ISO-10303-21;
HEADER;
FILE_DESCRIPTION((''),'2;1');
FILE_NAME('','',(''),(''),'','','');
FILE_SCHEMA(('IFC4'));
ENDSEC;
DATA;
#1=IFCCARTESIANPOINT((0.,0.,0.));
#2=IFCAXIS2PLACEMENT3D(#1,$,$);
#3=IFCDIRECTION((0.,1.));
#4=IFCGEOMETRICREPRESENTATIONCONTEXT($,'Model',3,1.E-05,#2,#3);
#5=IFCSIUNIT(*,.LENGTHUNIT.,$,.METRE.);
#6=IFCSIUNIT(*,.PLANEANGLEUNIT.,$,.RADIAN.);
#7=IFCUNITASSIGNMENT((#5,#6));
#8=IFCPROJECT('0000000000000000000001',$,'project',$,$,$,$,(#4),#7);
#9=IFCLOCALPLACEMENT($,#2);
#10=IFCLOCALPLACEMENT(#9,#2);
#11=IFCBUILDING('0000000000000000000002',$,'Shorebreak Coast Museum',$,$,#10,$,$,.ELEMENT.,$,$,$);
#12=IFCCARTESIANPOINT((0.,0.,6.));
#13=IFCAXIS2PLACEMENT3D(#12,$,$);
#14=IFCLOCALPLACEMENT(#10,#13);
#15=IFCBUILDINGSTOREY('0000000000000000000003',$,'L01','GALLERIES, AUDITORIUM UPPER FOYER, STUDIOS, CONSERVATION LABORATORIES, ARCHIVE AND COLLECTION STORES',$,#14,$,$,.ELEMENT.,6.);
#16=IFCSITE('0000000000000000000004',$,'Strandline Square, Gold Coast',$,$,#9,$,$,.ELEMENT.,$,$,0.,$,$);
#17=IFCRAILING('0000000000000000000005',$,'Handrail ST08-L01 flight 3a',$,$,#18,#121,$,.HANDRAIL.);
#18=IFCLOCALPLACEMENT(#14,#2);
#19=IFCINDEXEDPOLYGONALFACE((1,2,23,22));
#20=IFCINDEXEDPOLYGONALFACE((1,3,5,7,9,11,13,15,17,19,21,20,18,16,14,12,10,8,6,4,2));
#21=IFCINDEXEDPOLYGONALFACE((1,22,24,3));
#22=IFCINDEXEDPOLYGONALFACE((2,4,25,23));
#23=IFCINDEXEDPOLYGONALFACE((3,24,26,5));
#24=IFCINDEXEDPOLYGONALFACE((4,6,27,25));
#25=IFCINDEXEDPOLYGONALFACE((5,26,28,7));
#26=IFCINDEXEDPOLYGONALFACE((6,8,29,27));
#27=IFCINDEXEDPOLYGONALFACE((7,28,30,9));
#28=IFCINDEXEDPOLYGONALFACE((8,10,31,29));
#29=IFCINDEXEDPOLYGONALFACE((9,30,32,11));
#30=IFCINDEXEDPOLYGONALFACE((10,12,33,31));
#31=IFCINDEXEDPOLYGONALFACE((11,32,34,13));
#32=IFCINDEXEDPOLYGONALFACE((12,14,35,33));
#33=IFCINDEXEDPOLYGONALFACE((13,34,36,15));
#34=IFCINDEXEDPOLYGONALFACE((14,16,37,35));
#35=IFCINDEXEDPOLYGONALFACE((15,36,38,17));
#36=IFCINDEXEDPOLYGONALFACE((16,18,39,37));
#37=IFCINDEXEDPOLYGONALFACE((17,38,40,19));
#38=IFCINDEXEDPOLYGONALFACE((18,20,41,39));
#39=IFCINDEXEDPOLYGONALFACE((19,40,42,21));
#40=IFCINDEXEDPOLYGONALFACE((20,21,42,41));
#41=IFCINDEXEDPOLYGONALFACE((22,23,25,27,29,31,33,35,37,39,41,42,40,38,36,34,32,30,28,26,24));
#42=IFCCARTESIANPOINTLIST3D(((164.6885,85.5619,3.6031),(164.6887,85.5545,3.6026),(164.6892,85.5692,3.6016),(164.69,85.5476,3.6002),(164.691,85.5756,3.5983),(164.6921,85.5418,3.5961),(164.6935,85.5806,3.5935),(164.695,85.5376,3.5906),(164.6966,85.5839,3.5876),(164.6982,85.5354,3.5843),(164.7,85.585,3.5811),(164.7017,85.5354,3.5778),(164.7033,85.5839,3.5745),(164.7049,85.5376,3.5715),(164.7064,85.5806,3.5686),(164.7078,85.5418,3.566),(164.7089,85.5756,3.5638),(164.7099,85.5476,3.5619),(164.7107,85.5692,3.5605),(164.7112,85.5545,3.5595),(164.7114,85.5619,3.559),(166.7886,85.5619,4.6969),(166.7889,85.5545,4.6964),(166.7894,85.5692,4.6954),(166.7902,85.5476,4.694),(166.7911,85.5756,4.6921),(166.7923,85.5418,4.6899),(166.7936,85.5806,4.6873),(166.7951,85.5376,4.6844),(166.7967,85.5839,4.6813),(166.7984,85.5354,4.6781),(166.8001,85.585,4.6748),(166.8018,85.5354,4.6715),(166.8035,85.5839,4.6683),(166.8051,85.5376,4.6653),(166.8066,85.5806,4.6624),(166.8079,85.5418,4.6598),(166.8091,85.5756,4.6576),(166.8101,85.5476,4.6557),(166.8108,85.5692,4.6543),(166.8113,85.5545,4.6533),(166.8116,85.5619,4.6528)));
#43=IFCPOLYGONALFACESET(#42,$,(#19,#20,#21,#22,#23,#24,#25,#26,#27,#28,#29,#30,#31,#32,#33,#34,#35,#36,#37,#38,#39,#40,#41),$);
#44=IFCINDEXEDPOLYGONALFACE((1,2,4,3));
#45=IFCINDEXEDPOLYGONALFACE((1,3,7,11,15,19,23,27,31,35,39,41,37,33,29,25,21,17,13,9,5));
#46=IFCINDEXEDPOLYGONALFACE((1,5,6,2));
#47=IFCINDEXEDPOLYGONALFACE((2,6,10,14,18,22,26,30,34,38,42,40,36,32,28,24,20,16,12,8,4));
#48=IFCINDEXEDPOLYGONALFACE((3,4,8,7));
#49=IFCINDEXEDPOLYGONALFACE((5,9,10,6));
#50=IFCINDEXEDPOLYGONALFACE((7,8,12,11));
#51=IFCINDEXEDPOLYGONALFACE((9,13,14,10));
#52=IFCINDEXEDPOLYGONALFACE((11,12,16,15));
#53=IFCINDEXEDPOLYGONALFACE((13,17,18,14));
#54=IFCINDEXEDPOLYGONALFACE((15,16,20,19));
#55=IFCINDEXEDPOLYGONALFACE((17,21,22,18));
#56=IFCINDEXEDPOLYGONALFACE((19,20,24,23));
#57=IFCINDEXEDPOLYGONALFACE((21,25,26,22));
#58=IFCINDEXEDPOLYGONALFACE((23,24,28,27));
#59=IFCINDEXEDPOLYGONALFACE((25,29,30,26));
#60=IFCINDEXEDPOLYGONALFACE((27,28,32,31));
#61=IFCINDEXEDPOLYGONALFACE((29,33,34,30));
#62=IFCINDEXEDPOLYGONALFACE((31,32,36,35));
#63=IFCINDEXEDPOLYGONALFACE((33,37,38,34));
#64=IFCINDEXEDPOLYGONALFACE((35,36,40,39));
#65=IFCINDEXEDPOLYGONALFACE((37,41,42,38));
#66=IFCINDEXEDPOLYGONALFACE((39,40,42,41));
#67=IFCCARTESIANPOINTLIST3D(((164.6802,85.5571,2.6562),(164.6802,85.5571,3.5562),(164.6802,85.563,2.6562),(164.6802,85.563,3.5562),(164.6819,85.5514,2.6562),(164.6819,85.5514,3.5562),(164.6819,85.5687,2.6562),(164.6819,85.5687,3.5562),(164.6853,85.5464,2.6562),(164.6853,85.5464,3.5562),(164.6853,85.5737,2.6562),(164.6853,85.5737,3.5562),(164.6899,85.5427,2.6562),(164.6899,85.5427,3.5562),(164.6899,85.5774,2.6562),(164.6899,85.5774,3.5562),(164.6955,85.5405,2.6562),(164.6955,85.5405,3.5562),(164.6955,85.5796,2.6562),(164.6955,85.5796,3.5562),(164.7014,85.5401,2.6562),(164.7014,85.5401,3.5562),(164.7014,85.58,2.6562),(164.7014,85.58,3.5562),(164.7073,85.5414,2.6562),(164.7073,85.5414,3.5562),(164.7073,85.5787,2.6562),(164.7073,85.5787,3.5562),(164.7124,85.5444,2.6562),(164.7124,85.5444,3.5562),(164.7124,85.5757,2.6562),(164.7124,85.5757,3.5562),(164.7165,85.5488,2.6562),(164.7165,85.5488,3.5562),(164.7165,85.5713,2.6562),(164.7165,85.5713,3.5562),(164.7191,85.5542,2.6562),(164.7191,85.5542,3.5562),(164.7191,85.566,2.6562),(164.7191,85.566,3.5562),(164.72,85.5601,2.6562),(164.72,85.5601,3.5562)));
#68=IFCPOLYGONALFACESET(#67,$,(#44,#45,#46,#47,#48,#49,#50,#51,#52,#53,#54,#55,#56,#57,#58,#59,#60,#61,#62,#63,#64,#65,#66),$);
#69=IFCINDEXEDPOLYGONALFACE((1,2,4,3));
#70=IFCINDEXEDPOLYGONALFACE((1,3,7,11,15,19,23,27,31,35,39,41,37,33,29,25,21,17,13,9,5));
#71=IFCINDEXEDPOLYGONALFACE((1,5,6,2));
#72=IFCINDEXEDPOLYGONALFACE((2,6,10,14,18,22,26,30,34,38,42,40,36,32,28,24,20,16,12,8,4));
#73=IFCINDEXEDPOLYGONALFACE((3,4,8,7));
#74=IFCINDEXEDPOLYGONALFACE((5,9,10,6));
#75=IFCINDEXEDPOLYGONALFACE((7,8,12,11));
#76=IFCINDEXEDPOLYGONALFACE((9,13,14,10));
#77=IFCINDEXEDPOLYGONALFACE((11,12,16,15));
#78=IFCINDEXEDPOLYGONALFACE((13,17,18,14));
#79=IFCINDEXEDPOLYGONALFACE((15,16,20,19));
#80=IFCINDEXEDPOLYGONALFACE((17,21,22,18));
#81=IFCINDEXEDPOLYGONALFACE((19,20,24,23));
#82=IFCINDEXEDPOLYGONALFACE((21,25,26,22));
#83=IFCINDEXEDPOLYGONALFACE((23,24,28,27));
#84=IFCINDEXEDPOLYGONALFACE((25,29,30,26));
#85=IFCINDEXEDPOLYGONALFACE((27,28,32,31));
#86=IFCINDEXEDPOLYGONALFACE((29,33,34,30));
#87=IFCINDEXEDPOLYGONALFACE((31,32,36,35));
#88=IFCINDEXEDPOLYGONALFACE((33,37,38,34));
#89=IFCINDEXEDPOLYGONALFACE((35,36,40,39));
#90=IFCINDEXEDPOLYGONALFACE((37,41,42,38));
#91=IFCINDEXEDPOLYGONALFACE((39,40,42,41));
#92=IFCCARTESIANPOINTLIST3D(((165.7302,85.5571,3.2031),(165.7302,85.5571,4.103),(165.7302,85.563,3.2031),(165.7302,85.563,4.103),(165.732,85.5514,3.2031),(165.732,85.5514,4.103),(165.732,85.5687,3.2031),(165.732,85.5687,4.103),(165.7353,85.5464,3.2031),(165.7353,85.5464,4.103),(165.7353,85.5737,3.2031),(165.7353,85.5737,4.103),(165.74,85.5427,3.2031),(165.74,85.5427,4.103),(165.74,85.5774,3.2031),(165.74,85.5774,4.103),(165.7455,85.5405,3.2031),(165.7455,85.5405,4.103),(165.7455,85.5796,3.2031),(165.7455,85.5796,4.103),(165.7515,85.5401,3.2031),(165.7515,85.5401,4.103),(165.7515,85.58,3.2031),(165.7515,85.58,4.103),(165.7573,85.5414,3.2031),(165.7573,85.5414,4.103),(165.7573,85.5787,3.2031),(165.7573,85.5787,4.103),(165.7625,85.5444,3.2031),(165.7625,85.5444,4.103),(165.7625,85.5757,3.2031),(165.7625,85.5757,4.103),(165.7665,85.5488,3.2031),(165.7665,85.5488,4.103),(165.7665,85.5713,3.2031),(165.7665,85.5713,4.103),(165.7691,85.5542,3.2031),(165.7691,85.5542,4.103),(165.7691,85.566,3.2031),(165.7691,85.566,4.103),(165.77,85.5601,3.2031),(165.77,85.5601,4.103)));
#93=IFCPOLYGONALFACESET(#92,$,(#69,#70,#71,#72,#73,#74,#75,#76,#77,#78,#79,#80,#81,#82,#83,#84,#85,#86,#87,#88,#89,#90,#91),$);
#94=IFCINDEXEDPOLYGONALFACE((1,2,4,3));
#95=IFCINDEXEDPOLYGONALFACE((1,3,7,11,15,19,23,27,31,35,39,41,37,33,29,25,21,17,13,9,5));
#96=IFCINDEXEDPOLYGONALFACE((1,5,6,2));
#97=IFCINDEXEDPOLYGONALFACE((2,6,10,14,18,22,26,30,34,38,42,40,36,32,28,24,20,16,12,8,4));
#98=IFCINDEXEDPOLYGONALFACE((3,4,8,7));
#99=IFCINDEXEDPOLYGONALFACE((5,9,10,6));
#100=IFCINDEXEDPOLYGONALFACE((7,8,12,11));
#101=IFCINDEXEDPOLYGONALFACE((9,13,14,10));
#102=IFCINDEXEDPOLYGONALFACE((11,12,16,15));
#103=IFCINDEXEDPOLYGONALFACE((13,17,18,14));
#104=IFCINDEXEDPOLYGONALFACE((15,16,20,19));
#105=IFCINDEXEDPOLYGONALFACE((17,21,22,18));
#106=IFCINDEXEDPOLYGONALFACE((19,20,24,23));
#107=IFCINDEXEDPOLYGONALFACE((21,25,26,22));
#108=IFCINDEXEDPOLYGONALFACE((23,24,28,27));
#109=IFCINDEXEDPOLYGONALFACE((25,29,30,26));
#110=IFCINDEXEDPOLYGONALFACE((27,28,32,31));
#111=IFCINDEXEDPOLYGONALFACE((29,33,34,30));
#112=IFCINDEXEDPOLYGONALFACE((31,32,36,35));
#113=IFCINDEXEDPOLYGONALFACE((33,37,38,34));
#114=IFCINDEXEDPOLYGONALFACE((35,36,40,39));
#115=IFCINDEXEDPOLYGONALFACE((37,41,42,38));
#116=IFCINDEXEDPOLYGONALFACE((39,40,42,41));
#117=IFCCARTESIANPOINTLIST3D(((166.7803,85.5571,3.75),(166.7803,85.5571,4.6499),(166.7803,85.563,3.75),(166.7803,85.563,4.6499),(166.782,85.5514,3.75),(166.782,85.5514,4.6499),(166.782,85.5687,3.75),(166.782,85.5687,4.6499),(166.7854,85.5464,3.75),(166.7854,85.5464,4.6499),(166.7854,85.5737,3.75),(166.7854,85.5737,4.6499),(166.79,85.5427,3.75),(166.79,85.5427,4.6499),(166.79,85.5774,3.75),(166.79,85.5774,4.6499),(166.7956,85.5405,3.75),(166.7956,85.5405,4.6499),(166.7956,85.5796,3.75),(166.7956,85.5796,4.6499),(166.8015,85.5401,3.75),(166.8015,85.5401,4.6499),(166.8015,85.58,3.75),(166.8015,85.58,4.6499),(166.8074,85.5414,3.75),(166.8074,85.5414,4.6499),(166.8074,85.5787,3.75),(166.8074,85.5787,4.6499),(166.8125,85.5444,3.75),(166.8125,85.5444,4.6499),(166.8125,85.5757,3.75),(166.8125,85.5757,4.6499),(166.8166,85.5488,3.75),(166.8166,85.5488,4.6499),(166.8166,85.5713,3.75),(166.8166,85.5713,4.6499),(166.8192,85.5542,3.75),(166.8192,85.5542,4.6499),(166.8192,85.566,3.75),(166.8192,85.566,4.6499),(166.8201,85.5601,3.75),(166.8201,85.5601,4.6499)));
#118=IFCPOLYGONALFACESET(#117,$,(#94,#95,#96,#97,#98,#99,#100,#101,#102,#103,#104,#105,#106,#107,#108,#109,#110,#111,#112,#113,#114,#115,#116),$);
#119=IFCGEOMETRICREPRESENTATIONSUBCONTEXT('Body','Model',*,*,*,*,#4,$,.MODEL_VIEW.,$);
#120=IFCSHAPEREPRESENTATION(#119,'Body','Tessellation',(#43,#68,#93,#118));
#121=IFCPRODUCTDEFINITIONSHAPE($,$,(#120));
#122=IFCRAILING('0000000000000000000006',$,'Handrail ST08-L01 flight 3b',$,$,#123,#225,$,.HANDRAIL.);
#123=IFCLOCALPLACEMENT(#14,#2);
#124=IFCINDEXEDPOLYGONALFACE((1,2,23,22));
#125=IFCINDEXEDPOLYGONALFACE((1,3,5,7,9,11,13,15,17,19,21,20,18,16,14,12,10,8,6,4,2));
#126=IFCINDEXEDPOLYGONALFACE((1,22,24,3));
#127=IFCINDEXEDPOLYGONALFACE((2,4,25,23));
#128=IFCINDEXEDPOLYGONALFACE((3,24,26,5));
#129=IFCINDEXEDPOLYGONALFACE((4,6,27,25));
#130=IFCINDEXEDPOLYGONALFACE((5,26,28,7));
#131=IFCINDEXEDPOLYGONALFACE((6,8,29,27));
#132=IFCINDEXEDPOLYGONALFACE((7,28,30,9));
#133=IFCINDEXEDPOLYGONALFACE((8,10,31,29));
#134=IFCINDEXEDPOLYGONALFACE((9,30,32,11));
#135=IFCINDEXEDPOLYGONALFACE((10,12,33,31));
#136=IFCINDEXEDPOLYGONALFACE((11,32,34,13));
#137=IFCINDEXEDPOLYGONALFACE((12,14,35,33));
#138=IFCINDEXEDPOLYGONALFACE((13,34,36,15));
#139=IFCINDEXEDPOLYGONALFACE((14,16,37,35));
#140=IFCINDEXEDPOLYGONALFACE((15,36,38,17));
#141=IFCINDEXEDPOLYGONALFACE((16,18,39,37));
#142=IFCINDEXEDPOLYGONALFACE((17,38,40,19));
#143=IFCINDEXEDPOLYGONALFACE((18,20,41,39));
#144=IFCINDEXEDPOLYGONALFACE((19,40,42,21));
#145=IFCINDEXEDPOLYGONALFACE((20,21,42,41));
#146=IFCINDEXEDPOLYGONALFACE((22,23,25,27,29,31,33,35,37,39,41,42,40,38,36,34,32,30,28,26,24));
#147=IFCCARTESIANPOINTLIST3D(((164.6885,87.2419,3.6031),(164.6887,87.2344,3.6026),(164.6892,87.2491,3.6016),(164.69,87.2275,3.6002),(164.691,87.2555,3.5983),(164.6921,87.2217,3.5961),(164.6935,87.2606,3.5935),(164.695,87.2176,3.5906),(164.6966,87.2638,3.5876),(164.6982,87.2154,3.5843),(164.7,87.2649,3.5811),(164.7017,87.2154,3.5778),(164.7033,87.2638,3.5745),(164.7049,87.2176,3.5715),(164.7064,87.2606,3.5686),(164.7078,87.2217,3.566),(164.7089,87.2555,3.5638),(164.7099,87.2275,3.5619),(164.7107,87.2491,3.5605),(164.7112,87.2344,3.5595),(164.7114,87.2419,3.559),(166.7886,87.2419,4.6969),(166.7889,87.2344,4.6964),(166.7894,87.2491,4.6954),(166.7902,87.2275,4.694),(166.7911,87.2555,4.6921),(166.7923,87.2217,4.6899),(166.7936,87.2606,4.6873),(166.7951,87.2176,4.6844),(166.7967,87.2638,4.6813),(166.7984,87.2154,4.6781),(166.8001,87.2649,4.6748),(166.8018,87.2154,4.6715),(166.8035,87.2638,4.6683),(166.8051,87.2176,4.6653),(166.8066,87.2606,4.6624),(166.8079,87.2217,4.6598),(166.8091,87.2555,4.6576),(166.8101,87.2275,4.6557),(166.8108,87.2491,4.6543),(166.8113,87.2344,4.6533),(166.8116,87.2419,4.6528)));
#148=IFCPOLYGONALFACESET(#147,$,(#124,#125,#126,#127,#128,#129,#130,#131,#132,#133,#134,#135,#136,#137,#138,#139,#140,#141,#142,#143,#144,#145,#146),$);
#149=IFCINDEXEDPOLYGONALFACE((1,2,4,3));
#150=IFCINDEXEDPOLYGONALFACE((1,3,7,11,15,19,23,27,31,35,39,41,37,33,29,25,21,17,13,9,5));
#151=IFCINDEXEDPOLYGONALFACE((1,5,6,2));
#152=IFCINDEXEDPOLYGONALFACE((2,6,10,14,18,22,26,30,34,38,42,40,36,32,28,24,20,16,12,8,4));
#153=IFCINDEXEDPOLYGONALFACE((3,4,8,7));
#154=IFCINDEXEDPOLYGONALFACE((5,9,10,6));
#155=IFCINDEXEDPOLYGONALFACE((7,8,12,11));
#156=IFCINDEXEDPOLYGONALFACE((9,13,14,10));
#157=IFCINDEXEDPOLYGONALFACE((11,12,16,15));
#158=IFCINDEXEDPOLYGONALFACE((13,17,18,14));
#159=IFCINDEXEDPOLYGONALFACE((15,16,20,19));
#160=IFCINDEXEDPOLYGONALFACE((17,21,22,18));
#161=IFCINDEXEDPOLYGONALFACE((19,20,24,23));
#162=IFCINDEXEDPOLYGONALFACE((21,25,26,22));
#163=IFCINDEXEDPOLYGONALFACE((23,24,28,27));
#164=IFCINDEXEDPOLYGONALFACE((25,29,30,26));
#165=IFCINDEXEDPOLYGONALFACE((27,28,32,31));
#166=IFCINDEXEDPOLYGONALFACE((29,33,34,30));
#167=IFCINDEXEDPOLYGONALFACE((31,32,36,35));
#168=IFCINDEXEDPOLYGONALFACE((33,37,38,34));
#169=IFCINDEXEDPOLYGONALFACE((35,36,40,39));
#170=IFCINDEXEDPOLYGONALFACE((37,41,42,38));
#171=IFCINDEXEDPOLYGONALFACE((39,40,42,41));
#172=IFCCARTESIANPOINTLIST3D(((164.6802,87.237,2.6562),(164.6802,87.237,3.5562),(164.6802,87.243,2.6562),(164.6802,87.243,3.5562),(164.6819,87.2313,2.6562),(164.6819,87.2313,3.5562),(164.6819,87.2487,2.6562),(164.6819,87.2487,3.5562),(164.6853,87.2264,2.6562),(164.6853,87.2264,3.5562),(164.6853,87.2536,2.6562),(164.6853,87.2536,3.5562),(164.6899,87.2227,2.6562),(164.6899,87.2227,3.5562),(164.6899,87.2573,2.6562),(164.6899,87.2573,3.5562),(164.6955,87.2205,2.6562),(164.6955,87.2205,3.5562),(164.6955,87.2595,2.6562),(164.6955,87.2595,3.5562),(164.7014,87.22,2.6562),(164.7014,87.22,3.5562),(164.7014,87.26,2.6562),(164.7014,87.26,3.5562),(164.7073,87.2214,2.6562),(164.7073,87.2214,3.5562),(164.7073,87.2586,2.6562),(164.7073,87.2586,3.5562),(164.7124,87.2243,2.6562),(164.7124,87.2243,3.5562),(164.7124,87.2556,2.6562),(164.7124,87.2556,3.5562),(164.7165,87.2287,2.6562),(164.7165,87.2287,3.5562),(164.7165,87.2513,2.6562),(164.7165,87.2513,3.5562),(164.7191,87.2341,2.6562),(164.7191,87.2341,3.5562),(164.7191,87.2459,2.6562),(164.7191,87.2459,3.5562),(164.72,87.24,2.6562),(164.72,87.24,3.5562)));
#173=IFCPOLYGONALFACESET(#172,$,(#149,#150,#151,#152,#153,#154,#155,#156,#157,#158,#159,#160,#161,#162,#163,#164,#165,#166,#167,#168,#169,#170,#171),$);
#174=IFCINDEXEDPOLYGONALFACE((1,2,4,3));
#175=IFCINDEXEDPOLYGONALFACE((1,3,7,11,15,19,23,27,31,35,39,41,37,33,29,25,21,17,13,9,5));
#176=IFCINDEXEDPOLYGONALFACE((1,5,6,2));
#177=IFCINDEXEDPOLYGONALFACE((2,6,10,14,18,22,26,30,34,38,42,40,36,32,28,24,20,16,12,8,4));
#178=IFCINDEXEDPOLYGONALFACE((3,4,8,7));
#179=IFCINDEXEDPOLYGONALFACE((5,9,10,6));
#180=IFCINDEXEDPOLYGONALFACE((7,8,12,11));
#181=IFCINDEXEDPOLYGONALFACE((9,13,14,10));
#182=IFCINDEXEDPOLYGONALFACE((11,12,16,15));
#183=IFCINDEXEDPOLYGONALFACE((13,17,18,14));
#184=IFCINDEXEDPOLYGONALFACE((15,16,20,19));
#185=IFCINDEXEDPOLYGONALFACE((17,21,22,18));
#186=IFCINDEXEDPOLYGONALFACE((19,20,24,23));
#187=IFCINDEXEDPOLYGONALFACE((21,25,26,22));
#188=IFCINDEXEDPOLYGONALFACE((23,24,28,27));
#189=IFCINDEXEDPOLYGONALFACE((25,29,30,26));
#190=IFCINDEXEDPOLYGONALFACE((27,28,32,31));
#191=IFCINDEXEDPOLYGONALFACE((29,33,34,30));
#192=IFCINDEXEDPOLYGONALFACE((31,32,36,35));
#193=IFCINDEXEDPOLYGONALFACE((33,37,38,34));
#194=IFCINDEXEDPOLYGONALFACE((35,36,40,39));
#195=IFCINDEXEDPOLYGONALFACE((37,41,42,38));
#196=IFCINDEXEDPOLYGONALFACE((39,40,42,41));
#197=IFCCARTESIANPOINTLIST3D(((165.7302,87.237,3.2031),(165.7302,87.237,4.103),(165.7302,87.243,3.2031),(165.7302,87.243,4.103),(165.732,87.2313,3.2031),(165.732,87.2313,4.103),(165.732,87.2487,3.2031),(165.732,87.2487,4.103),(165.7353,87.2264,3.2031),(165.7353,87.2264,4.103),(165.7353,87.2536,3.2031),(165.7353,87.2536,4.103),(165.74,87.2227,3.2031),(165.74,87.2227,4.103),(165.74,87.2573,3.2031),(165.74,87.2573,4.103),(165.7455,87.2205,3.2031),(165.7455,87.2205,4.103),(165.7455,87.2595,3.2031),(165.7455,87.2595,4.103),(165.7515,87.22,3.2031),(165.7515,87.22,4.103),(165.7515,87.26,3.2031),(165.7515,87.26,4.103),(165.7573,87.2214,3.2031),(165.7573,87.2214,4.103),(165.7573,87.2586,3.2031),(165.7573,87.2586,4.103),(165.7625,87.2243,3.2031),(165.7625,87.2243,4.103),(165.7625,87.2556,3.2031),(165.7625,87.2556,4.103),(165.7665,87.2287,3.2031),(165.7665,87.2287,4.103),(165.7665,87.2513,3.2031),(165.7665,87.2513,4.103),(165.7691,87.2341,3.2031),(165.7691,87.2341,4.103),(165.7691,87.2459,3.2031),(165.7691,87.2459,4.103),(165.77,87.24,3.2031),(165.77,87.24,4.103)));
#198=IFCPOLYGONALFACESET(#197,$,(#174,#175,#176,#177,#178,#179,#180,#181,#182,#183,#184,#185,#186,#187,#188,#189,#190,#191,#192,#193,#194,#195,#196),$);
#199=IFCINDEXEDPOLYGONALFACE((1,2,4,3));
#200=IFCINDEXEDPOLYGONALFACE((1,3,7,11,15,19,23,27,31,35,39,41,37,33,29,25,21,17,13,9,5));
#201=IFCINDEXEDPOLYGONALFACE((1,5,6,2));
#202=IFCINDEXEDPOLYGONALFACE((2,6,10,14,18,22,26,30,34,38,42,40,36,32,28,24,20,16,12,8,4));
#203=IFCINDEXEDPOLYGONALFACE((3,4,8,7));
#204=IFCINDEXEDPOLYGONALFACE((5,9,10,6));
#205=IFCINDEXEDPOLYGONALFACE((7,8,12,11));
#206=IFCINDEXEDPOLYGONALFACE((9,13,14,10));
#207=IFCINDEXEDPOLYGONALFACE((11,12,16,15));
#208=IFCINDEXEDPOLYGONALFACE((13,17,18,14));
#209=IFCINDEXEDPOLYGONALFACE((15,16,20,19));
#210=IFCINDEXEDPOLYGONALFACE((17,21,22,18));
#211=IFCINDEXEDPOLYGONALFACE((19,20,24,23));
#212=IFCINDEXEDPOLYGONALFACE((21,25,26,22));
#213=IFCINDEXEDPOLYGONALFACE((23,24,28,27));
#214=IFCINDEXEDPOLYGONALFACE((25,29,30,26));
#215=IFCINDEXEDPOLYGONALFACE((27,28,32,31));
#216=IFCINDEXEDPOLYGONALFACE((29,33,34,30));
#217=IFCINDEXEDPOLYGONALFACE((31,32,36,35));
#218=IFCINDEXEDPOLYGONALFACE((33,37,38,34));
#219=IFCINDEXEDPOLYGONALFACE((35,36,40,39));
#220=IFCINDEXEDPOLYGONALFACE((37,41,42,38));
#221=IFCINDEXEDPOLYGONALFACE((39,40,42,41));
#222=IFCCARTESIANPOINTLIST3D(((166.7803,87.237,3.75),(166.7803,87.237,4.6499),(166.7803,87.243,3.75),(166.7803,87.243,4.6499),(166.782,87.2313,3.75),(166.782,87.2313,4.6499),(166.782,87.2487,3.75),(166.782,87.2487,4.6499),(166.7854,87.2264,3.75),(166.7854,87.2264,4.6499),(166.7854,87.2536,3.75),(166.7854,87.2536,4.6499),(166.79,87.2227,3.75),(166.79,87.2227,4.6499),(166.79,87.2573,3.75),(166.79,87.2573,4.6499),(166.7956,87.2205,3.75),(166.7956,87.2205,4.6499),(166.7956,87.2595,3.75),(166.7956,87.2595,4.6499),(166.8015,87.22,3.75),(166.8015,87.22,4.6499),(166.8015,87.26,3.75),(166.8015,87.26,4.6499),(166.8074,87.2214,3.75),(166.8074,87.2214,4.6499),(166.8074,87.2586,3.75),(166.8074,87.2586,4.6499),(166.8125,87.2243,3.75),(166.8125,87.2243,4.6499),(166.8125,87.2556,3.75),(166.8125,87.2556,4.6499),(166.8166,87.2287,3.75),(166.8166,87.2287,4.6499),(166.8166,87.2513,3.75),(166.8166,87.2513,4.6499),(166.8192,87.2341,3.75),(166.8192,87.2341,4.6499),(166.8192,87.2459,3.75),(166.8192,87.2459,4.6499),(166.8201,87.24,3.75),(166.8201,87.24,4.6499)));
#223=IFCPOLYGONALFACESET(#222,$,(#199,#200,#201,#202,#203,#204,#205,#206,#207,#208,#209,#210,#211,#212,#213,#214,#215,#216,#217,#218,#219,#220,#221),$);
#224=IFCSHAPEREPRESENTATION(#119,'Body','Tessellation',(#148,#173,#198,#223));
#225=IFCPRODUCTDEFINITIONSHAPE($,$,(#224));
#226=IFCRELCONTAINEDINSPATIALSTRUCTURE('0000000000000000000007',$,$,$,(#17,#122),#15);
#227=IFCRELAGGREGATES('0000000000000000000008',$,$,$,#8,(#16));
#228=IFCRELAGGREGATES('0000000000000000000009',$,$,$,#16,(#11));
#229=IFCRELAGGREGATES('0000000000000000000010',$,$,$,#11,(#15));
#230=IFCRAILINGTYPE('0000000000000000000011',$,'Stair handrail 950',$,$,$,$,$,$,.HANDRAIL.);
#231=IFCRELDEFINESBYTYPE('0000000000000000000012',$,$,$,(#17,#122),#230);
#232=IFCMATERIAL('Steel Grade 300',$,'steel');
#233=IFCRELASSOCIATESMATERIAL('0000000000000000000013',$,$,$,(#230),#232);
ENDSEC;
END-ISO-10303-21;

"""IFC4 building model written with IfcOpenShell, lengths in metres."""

from ifc_helpers import new_model, si_unit, direction, frame, origin, origin_2d, place, context, subcontext, project, spatial, circle, extrude, material, type_object, element, save


model = new_model("IFC4")

# Units and contexts
model_context = context("Model", 3, precision=1e-05, world=origin(), true_north=direction((0.0, 1.0)))
body_context = subcontext(model_context, "Body", "Model", "MODEL_VIEW")
ifc_project = project(units=[si_unit("LENGTHUNIT", "METRE"), si_unit("PLANEANGLEUNIT", "RADIAN")], contexts=[model_context])

# Site, building, storey
site_placement = place(None, origin())
site = spatial("IfcSite", under=ifc_project, at=site_placement, Name="Strandline Square, Gold Coast", CompositionType="ELEMENT", RefElevation=0.0)
building_placement = place(site_placement, origin())
building = spatial("IfcBuilding", under=site, at=building_placement, Name="Shorebreak Coast Museum", CompositionType="ELEMENT")
storey_placement = place(building_placement, frame((0.0, 0.0, 6.0)))
storey = spatial("IfcBuildingStorey", under=building, at=storey_placement, Name="L01", Description="GALLERIES, AUDITORIUM UPPER FOYER, STUDIOS, CONSERVATION LABORATORIES, ARCHIVE AND COLLECTION STORES", CompositionType="ELEMENT", Elevation=6.0)

# Railings
ifc_material_1 = material(Name="Steel Grade 300", Category="steel")
railing_type_1 = type_object("IfcRailingType", Name="Stair handrail 950", PredefinedType="HANDRAIL", material=ifc_material_1)
for number, where, name in (
    (1, (164.7, 85.5601, 2.6562), "Handrail ST08-L01 flight 3a"),
    (2, (164.7, 87.24, 2.6562), "Handrail ST08-L01 flight 3b"),
):
    element("IfcRailing", number, at=place(storey_placement, frame(where)), inside=storey, type_object=railing_type_1, Name=name, PredefinedType="HANDRAIL", context=body_context, shape_type="SweptSolid", body=[
        extrude(circle(Radius=0.0249, at=origin_2d()), frame((0.0, 0.0, 0.9248), z_axis=(0.886923, 0.0, 0.461918), x_axis=(0.0, 1.0, 0.0)), (0.0, 0.0, 1.0), 2.3679),
        extrude(circle(Radius=0.02, at=origin_2d()), origin(), (0.0, 0.0, 1.0), 0.8999),
        extrude(circle(Radius=0.02, at=origin_2d()), frame((1.05, 0.0, 0.5469)), (0.0, 0.0, 1.0), 0.8999),
        extrude(circle(Radius=0.02, at=origin_2d()), frame((2.1001, 0.0, 1.0938)), (0.0, 0.0, 1.0), 0.8999),
    ])

save(model, "model.ifc")
